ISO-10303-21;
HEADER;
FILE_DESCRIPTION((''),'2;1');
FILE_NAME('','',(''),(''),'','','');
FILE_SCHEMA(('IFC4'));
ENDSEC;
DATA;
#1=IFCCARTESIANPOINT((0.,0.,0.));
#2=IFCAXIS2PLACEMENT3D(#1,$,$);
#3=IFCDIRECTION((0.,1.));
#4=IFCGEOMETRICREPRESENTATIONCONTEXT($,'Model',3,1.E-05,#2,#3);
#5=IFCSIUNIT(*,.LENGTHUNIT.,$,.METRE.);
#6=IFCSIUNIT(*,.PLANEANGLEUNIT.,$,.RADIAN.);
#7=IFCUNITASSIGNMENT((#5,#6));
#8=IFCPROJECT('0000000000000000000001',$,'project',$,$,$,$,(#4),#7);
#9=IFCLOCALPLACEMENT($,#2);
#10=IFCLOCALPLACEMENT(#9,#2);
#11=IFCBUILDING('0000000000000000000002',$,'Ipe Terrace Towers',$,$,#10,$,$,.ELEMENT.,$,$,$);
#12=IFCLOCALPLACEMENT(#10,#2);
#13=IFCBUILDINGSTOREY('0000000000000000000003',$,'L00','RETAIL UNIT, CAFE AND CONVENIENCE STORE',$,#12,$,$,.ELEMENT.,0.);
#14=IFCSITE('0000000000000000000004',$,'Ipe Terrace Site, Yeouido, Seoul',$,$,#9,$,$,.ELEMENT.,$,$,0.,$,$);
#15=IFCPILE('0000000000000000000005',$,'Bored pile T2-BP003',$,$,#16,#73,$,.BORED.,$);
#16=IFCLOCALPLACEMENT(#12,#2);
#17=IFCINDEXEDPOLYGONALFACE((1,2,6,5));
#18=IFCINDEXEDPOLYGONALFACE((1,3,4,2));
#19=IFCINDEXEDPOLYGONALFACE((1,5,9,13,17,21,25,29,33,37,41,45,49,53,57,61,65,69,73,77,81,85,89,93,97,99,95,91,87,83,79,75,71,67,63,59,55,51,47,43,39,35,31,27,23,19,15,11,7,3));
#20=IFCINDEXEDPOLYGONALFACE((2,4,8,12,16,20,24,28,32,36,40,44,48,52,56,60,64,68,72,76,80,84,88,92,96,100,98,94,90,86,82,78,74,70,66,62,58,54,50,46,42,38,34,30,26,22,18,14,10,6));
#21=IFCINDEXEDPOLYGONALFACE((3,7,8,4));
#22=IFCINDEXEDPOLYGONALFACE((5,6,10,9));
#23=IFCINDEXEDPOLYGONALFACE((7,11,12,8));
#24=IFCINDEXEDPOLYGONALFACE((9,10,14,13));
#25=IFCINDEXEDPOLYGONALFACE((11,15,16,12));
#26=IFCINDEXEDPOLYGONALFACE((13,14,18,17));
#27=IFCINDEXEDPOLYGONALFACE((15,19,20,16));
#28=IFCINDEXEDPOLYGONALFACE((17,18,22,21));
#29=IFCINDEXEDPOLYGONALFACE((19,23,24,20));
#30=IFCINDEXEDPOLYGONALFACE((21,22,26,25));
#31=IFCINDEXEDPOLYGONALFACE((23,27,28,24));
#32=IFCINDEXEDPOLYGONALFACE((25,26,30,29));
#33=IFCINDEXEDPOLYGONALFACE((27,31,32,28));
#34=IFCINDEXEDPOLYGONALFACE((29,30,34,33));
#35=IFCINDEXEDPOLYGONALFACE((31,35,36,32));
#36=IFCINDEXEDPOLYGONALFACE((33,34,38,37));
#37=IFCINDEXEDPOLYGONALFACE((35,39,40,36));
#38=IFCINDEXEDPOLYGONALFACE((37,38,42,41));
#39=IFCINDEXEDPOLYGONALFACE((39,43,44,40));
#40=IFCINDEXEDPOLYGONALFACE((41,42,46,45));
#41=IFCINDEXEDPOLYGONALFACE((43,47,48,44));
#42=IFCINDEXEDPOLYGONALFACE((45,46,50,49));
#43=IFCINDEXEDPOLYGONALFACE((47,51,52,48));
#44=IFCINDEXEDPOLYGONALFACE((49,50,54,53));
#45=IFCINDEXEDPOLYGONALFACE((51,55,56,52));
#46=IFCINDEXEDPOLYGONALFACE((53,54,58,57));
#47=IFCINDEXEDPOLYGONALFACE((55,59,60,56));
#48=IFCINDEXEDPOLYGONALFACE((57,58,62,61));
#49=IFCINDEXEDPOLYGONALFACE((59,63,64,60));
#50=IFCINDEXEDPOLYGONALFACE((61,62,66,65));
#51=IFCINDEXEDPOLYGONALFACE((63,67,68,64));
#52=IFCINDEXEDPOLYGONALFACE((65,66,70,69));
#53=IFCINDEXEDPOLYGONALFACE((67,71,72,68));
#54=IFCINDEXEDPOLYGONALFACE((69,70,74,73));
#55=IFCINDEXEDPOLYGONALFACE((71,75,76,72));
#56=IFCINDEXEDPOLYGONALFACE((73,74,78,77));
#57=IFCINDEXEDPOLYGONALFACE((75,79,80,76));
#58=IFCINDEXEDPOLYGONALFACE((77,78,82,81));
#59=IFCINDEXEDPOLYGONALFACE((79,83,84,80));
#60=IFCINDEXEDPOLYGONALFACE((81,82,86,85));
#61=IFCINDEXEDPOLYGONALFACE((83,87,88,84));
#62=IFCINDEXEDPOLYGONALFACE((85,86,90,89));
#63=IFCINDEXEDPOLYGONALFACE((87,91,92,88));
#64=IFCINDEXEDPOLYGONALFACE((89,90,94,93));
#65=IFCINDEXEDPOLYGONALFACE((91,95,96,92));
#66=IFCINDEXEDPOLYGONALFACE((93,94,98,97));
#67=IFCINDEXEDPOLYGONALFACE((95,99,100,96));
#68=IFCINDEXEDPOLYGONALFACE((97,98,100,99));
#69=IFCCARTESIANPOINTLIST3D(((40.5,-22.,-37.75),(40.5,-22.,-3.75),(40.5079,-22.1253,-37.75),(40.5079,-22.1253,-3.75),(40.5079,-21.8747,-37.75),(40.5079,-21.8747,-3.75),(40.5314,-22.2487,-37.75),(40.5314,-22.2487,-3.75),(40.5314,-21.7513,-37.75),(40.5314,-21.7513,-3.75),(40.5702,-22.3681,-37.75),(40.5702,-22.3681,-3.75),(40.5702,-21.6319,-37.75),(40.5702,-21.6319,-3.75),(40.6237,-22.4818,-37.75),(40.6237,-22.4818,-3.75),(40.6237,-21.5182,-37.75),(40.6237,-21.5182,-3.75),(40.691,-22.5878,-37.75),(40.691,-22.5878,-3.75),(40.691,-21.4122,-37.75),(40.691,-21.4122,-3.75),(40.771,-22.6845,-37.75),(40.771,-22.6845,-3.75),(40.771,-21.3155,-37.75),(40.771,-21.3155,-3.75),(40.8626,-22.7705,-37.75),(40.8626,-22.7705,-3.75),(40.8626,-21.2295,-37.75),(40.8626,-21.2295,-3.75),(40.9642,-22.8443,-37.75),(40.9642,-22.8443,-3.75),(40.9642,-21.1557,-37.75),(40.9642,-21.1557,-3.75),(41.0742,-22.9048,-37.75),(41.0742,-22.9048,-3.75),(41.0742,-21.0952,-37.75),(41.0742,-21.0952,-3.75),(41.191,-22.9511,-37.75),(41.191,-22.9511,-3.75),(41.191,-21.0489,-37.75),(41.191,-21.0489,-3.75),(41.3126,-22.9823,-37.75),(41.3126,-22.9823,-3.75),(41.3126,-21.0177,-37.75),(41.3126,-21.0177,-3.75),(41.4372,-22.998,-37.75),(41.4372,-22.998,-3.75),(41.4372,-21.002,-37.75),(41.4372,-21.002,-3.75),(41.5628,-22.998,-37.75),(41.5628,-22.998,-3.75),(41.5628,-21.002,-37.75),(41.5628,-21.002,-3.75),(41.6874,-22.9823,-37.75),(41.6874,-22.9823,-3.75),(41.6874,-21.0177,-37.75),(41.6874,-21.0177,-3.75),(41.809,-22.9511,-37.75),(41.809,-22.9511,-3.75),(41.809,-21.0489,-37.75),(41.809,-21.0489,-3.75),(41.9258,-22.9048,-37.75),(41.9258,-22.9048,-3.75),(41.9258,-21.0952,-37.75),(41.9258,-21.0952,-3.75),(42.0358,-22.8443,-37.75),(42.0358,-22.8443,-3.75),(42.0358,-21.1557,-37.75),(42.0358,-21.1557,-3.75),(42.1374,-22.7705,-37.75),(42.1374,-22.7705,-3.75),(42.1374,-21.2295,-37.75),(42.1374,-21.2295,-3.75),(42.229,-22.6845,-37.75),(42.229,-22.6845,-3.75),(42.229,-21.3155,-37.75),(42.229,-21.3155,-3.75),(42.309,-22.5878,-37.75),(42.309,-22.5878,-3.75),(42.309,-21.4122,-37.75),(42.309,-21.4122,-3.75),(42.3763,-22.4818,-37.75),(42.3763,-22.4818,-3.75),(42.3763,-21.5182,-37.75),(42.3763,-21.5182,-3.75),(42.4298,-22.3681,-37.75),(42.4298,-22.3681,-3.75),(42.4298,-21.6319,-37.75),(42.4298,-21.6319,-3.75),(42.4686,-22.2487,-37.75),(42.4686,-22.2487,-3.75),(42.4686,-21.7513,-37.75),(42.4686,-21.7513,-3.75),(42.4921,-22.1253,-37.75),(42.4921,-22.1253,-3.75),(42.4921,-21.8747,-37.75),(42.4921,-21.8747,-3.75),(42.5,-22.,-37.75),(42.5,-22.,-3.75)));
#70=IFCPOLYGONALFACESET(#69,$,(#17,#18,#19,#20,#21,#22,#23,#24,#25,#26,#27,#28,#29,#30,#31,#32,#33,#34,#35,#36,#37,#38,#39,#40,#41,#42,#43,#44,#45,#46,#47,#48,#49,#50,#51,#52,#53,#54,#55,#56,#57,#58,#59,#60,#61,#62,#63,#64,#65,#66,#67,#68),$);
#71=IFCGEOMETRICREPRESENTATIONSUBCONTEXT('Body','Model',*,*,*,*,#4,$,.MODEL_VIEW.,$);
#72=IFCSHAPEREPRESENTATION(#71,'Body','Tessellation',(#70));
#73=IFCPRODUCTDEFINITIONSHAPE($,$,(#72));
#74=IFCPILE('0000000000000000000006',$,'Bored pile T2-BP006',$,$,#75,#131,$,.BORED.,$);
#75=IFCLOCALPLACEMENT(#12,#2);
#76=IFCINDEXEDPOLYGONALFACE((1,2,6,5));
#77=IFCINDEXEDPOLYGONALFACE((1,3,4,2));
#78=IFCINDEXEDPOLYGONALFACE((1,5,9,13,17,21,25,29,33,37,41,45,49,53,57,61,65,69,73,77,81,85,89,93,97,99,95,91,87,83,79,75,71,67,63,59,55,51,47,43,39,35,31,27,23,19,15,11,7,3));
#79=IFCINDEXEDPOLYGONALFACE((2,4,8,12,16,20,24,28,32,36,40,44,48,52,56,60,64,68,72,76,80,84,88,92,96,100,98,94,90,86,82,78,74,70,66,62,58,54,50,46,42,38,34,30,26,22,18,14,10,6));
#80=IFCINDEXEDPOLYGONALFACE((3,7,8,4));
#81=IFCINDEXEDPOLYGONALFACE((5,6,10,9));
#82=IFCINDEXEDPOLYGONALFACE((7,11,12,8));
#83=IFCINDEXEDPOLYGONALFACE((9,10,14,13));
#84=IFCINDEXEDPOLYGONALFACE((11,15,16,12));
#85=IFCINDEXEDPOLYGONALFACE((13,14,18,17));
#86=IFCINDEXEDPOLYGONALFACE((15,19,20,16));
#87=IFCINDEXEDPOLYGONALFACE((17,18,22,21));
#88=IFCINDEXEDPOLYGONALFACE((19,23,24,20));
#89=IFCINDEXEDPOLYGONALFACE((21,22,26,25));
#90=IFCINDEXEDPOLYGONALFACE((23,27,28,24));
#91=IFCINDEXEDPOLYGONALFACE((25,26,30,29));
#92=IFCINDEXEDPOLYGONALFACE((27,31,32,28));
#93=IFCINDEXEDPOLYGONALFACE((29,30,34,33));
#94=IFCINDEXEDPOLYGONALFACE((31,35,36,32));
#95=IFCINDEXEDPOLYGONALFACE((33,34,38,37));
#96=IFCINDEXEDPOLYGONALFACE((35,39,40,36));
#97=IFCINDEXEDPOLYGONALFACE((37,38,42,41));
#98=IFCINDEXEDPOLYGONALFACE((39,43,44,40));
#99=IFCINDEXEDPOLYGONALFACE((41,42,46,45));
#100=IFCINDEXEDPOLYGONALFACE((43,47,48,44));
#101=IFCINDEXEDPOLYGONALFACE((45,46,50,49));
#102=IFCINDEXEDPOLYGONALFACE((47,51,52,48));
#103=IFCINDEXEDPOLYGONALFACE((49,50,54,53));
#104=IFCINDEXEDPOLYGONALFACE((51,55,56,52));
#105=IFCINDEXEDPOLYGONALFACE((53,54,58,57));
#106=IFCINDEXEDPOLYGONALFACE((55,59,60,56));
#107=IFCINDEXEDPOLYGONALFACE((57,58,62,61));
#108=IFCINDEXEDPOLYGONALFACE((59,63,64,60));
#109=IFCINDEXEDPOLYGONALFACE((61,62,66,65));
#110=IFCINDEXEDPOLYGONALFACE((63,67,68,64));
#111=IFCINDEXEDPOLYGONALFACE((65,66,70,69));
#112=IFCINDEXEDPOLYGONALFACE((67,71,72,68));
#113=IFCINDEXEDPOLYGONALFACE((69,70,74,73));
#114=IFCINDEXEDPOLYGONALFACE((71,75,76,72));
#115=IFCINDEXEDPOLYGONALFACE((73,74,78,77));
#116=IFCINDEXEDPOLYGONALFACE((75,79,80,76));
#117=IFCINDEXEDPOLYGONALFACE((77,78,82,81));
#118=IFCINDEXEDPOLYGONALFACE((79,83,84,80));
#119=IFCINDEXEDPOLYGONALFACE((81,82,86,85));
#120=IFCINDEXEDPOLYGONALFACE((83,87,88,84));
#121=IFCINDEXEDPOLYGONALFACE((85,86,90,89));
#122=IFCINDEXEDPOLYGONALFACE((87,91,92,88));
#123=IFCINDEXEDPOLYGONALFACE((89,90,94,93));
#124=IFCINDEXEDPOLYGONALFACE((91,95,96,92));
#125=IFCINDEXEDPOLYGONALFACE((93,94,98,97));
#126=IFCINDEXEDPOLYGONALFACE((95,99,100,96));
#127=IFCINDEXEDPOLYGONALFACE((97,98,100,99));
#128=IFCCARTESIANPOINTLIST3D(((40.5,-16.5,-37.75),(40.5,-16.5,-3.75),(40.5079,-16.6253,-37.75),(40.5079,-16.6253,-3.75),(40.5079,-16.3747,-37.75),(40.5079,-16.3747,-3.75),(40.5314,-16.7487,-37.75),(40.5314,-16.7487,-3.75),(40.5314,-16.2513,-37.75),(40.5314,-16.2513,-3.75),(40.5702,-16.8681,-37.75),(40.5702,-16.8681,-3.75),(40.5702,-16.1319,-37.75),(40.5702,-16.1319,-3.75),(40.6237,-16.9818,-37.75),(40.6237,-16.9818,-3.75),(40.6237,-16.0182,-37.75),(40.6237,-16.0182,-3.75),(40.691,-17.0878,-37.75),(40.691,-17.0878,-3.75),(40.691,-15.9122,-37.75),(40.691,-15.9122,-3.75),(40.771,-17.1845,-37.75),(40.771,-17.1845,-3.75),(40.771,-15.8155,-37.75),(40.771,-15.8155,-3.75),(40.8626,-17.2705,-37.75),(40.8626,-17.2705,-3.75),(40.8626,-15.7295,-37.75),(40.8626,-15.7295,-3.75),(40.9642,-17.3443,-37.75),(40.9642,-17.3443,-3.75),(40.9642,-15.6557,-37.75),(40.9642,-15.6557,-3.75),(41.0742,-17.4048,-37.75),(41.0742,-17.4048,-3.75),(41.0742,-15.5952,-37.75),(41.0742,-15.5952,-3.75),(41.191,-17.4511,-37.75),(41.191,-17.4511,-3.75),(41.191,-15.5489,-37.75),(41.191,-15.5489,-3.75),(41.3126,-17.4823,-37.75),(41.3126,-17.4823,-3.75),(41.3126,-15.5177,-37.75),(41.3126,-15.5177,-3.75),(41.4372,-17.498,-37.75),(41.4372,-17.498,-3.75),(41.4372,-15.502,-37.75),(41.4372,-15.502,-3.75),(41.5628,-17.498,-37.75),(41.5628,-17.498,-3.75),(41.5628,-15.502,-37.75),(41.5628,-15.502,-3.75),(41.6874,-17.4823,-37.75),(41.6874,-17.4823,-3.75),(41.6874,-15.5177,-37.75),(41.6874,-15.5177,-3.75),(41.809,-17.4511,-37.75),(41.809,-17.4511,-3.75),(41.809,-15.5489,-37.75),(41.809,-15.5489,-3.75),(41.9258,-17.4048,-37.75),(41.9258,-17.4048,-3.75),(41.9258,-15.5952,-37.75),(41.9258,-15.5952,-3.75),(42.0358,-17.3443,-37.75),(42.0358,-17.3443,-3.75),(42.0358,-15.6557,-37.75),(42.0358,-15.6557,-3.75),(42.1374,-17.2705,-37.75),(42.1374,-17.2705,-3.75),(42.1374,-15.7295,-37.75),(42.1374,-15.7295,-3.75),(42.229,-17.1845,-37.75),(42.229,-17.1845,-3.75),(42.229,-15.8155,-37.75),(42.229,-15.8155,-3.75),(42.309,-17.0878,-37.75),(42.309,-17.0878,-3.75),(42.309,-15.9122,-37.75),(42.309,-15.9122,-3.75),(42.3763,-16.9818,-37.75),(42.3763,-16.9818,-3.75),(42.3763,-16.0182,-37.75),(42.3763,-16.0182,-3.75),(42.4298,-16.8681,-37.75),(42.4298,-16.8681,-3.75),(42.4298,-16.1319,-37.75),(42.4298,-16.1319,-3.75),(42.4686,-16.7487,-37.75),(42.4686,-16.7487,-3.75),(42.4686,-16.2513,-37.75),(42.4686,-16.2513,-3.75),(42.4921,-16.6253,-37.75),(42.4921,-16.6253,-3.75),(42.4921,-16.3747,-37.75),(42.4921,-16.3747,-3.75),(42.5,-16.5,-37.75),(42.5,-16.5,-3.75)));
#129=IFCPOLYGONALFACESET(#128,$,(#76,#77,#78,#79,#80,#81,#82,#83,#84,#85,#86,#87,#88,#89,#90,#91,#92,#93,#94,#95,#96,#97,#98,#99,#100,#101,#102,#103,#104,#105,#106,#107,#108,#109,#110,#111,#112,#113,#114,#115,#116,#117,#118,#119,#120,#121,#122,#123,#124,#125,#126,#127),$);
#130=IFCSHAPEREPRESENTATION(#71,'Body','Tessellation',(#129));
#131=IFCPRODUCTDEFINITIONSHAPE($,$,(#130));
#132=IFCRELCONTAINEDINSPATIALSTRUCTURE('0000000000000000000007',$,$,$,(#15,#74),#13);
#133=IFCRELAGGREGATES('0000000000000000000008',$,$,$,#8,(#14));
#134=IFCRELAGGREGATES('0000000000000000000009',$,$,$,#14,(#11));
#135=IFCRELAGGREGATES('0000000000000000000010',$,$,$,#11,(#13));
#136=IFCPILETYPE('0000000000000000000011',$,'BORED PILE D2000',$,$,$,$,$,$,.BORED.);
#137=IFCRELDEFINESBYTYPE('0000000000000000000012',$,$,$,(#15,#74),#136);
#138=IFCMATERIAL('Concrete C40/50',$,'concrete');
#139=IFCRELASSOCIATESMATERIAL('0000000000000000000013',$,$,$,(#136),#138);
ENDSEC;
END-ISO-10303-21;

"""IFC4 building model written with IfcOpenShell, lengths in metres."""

from ifc_helpers import new_model, si_unit, direction, frame, origin, origin_2d, place, context, subcontext, project, spatial, circle, extrude, material, material_profile, profile_set, type_object, element, save


model = new_model("IFC4")

# Units and contexts
model_context = context("Model", 3, precision=1e-05, world=origin(), true_north=direction((0.0, 1.0)))
body_context = subcontext(model_context, "Body", "Model", "MODEL_VIEW")
ifc_project = project(units=[si_unit("LENGTHUNIT", "METRE"), si_unit("PLANEANGLEUNIT", "RADIAN")], contexts=[model_context])

# Site, building, storey
site_placement = place(None, origin())
site = spatial("IfcSite", under=ifc_project, at=site_placement, Name="Ipe Terrace Site, Yeouido, Seoul", CompositionType="ELEMENT", RefElevation=0.0)
building_placement = place(site_placement, origin())
building = spatial("IfcBuilding", under=site, at=building_placement, Name="Ipe Terrace Towers", CompositionType="ELEMENT")
storey_placement = place(building_placement, origin())
storey = spatial("IfcBuildingStorey", under=building, at=storey_placement, Name="L00", Description="RETAIL UNIT, CAFE AND CONVENIENCE STORE", CompositionType="ELEMENT", Elevation=0.0)

# Piles
ifc_material_1 = material(Name="Concrete C40/50", Category="concrete")
ifc_material_profile_1 = material_profile(ifc_material_1, circle(Radius=1.0, at=origin_2d()), Name="BORED PILE D2000")
ifc_profile_set_1 = profile_set([ifc_material_profile_1], Name="Concrete C40/50")
pile_type = type_object("IfcPileType", Name="BORED PILE D2000", PredefinedType="BORED", material=ifc_profile_set_1)
for number, where, z_axis, x_axis, name in (
    (1, (41.5, -22.0, -3.75), (0.0, 0.0, -1.0), (1.0, 0.0, 0.0), "Bored pile T2-BP003"),
    (2, (41.5, -16.5, -3.75), (0.0, 0.0, -1.0), (1.0, 0.0, 0.0), "Bored pile T2-BP006"),
):
    element("IfcPile", number, at=place(storey_placement, frame(where, z_axis=z_axis, x_axis=x_axis)), inside=storey, type_object=pile_type, Name=name, PredefinedType="BORED", context=body_context, shape_type="SweptSolid", body=[
        extrude(circle(Radius=1.0, at=origin_2d()), origin(), (0.0, 0.0, 1.0), 34.0),
    ])

save(model, "model.ifc")
